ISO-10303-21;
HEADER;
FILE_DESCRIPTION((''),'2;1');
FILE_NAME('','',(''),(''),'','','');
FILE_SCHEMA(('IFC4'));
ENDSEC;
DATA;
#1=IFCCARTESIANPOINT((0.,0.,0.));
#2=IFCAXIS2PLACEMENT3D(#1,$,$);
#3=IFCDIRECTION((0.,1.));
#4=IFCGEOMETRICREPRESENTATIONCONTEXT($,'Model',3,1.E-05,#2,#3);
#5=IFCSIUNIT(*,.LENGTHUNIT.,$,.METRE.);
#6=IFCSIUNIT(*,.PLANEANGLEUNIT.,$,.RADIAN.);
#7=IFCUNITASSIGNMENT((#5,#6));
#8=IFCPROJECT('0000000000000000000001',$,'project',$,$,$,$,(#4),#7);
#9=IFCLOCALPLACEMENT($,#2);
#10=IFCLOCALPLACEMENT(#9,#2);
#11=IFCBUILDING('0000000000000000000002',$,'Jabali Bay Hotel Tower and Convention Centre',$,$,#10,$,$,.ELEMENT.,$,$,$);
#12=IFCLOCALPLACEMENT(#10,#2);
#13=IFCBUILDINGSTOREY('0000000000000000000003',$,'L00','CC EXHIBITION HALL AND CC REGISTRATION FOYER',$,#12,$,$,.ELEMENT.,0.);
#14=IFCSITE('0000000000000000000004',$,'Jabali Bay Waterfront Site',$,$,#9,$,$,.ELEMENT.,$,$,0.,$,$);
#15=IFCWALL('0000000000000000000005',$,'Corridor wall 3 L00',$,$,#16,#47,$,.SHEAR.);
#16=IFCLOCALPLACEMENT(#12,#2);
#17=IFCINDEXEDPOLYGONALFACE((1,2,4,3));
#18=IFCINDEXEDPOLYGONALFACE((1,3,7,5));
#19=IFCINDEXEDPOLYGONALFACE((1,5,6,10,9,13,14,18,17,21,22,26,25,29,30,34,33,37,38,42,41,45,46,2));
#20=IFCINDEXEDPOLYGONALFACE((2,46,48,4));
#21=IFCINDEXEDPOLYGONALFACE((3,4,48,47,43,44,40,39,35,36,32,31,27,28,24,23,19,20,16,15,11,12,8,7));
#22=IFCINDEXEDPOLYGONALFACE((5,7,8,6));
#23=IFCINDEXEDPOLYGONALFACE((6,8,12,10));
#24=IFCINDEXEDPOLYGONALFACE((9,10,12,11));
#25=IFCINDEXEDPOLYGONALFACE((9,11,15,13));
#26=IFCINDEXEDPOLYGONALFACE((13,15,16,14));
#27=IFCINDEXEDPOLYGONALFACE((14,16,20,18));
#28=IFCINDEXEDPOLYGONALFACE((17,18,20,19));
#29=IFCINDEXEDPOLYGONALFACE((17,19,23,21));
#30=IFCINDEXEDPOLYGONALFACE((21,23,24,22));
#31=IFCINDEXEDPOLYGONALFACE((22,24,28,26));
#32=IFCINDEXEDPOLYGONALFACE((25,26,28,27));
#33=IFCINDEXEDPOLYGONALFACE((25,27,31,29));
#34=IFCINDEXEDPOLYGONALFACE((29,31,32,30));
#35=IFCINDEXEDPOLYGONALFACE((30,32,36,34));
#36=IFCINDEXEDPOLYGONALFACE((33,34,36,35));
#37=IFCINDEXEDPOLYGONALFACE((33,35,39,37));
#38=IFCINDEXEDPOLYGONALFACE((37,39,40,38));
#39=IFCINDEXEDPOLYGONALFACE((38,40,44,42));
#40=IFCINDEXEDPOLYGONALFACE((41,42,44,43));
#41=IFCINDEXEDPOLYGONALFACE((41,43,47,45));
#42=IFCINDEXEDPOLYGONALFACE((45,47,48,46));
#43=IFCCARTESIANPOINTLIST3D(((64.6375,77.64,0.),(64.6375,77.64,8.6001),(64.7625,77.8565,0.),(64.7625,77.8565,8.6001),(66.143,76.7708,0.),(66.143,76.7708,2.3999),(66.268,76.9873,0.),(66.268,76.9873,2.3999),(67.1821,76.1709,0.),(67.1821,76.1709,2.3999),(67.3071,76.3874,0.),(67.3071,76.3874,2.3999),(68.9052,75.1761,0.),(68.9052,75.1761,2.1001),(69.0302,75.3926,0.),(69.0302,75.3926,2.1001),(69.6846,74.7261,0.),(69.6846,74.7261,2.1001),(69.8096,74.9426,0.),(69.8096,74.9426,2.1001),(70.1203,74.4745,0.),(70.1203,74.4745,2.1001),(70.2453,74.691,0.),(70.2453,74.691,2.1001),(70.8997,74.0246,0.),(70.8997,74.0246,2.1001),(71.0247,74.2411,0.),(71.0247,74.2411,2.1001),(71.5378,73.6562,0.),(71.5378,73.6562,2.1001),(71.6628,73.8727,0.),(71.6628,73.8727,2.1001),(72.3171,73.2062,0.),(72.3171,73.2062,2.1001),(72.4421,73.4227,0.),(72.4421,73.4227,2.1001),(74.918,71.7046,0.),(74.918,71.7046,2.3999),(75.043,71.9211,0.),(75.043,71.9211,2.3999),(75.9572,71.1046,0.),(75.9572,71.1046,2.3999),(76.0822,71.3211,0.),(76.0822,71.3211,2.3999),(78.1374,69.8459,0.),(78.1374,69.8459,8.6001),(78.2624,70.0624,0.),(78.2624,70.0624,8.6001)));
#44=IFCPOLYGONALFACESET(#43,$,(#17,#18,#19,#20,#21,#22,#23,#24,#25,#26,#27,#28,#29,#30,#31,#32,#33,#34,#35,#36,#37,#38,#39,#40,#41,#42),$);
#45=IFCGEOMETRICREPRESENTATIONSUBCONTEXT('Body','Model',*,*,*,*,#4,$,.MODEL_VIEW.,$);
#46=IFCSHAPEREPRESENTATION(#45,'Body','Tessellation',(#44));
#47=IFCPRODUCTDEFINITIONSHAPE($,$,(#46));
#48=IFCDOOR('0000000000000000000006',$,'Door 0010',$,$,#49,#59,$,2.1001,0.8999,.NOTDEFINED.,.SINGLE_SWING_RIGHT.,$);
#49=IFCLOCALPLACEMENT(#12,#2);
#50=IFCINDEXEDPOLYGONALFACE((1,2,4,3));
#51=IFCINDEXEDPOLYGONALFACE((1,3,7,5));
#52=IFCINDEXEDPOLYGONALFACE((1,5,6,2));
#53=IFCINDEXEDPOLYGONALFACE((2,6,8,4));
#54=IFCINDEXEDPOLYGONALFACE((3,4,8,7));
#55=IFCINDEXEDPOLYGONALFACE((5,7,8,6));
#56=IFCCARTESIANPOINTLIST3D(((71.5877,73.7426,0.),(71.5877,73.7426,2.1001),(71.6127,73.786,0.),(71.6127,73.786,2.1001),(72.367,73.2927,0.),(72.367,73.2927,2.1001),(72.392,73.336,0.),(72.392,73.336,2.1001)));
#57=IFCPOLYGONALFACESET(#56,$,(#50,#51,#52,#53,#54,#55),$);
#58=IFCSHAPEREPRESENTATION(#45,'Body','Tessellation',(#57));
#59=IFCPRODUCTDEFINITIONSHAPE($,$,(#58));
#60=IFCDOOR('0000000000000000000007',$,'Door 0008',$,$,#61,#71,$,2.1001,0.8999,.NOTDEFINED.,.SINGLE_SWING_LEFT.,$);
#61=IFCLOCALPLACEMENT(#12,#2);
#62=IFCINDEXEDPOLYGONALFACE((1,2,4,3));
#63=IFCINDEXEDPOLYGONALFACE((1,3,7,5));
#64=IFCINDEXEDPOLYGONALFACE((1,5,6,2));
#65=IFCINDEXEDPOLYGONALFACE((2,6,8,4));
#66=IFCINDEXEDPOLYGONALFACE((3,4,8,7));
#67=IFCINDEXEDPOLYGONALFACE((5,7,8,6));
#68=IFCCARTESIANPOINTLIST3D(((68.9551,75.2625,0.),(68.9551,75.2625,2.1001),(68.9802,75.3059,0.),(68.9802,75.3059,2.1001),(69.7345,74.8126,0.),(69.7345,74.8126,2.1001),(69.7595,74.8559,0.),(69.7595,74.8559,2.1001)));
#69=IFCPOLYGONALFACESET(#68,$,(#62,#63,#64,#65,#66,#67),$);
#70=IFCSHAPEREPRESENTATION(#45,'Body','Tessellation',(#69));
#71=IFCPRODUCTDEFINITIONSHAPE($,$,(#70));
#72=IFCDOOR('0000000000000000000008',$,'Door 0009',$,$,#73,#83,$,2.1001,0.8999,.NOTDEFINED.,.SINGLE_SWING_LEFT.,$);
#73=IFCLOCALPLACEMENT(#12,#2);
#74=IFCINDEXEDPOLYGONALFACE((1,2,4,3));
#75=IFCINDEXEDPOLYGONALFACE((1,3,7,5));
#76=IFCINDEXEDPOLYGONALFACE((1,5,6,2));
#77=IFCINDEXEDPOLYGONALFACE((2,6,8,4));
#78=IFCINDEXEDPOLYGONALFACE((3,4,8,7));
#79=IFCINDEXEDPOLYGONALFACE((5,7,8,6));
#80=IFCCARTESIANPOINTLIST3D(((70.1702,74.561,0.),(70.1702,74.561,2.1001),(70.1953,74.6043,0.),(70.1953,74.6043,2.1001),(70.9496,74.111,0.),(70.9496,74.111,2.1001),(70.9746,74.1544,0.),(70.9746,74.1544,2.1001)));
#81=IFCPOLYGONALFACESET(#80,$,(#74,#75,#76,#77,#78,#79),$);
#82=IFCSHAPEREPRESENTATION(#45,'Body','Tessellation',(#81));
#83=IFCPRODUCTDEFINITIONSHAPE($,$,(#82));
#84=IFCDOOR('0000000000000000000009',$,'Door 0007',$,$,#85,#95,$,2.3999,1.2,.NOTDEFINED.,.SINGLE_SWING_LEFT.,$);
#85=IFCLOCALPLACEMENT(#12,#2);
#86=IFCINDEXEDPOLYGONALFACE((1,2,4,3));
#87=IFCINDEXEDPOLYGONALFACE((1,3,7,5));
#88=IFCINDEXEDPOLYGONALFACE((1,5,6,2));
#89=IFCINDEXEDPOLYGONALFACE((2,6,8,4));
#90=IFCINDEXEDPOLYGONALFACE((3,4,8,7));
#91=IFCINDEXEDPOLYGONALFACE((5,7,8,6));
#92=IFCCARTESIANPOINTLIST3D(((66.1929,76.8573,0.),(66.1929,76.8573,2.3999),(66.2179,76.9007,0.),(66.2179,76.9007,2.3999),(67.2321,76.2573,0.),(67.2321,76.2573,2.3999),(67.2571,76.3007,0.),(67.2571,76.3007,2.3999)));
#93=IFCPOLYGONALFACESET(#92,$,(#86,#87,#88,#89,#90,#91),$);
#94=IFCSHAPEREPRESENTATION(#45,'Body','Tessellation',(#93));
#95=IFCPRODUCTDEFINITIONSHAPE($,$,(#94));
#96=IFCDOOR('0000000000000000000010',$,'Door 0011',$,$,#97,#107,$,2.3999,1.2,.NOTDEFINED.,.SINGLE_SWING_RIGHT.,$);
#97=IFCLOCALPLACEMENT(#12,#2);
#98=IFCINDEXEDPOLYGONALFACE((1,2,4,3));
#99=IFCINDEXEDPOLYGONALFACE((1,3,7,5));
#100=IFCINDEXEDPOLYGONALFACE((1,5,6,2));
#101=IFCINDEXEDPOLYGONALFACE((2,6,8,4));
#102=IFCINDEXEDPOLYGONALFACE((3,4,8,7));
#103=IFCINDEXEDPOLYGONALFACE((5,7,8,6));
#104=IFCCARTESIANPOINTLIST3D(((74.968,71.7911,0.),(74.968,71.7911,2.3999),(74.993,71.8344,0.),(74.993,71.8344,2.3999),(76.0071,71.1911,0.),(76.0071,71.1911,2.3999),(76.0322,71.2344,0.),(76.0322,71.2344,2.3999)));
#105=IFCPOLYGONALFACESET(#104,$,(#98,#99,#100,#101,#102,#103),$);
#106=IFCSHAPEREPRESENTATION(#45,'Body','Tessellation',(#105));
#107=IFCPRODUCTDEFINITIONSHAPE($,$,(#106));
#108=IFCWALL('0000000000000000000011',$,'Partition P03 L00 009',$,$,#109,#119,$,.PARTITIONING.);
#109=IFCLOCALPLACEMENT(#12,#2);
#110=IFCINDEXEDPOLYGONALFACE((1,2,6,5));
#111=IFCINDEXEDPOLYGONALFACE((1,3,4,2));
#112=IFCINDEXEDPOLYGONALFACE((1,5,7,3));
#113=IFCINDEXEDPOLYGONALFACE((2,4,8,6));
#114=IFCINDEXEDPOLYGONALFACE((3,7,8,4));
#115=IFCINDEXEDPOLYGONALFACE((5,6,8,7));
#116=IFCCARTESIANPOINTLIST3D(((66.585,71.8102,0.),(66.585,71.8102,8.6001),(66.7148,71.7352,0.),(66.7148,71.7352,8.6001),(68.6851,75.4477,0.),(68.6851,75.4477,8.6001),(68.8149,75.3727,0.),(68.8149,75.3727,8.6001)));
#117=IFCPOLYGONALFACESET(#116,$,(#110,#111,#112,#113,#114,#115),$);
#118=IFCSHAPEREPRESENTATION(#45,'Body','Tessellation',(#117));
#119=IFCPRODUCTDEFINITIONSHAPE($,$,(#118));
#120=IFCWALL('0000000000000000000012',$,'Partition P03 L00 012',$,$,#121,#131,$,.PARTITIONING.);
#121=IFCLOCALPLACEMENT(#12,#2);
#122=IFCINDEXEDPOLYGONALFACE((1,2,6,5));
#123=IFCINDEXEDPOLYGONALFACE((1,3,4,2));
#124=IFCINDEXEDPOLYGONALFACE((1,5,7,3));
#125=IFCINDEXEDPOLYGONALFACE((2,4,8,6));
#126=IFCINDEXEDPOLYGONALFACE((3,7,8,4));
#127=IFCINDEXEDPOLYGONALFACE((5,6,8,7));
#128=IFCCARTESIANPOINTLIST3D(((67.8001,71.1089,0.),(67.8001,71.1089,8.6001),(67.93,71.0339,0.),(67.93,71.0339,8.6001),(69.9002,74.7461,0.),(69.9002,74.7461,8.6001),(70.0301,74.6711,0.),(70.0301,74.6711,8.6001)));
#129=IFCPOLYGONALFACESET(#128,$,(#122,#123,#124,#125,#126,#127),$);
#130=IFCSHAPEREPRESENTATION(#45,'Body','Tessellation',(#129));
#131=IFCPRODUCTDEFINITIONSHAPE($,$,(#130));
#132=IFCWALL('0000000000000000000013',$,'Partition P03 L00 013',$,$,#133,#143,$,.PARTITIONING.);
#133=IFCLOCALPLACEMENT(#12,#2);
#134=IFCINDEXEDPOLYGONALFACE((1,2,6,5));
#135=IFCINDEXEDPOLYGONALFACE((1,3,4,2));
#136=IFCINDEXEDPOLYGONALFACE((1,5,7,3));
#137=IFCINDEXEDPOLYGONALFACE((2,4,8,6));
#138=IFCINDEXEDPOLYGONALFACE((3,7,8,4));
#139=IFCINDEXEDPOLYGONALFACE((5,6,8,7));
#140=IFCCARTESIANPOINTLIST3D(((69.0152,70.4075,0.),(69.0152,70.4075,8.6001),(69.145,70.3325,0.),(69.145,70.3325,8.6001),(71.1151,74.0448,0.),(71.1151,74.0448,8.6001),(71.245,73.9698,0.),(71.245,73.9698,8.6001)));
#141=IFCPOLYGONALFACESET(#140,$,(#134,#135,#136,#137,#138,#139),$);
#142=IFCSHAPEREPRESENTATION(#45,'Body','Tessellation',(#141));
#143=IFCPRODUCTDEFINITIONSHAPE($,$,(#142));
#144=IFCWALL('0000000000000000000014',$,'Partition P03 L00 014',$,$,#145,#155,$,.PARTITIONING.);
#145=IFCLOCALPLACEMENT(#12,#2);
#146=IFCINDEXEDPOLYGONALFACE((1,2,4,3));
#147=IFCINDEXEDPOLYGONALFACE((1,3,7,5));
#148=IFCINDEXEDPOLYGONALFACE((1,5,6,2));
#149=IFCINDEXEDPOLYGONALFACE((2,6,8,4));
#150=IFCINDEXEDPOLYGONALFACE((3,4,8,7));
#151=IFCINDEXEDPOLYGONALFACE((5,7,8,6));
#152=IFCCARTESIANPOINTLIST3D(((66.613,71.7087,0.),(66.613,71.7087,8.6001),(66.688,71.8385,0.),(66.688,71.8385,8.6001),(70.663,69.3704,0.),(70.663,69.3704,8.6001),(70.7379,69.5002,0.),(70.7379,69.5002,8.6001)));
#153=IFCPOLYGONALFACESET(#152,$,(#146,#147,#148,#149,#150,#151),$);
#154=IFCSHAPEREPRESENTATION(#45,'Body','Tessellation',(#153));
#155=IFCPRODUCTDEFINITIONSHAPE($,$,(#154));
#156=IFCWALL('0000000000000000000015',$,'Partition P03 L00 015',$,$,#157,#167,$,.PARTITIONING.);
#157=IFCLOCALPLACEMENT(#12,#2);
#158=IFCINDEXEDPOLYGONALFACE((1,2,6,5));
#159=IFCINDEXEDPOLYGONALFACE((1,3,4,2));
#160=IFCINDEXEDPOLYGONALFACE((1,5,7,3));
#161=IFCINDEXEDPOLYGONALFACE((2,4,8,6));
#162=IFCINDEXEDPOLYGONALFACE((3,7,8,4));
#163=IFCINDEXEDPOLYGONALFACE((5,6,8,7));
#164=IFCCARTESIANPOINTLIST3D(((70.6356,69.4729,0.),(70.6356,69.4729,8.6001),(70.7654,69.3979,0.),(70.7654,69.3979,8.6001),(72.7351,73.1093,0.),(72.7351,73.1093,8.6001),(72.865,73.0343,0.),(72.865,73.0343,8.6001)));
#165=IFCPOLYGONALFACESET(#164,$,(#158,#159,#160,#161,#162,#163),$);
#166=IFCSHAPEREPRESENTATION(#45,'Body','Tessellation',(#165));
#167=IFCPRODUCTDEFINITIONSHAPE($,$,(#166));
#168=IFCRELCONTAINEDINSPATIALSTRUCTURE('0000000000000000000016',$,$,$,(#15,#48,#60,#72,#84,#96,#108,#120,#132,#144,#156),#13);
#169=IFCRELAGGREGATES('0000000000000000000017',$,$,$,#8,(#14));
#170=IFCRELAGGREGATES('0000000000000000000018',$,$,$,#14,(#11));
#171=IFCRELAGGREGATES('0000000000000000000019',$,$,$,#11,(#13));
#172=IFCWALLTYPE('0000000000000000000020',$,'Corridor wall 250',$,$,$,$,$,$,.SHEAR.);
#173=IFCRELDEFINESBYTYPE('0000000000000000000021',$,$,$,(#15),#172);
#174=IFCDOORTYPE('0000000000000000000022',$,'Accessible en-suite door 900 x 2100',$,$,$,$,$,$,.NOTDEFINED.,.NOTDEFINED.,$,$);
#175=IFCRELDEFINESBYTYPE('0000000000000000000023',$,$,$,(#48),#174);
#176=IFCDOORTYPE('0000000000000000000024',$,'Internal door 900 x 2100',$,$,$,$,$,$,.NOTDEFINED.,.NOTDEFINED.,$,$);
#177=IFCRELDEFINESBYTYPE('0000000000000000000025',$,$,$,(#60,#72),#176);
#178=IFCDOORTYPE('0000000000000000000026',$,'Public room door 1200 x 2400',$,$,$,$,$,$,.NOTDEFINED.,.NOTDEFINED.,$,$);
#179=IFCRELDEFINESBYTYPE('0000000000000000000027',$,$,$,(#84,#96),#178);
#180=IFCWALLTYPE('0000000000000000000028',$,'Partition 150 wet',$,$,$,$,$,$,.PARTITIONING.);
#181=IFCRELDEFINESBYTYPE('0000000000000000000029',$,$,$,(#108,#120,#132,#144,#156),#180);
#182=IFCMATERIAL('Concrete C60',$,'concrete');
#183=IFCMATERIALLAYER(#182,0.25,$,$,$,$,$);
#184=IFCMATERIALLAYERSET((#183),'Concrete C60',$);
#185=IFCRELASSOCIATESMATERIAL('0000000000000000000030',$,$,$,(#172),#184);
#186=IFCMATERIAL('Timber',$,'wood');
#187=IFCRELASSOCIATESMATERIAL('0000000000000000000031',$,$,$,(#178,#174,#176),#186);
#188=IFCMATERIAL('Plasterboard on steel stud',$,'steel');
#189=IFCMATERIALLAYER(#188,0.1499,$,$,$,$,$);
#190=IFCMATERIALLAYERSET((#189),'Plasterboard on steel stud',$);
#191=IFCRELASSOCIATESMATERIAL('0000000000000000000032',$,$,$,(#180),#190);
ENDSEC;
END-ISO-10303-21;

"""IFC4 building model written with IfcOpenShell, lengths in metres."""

from ifc_helpers import new_model, si_unit, direction, frame, frame_2d, origin, place, context, subcontext, project, spatial, rectangle, extrude, material, layer, layer_set, type_object, element, fill, save


model = new_model("IFC4")

# Units and contexts
model_context = context("Model", 3, precision=1e-05, world=origin(), true_north=direction((0.0, 1.0)))
body_context = subcontext(model_context, "Body", "Model", "MODEL_VIEW")
ifc_project = project(units=[si_unit("LENGTHUNIT", "METRE"), si_unit("PLANEANGLEUNIT", "RADIAN")], contexts=[model_context])

# Site, building, storey
site_placement = place(None, origin())
site = spatial("IfcSite", under=ifc_project, at=site_placement, Name="Jabali Bay Waterfront Site", CompositionType="ELEMENT", RefElevation=0.0)
building_placement = place(site_placement, origin())
building = spatial("IfcBuilding", under=site, at=building_placement, Name="Jabali Bay Hotel Tower and Convention Centre", CompositionType="ELEMENT")
storey_placement = place(building_placement, origin())
storey = spatial("IfcBuildingStorey", under=building, at=storey_placement, Name="L00", Description="CC EXHIBITION HALL AND CC REGISTRATION FOYER", CompositionType="ELEMENT", Elevation=0.0)

# Shared definitions
ifc_material_1 = material(Name="Concrete C60", Category="concrete")
ifc_layer_1 = layer(ifc_material_1, 0.25)
ifc_layer_set_1 = layer_set([ifc_layer_1], Name="Concrete C60")
wall_type_1 = type_object("IfcWallType", Name="Corridor wall 250", PredefinedType="SHEAR", material=ifc_layer_set_1)
ifc_material_2 = material(Name="Timber", Category="wood")
door_type_1 = type_object("IfcDoorType", Name="Public room door 1200 x 2400", OperationType="NOTDEFINED", PredefinedType="NOTDEFINED", material=ifc_material_2)

# Wall, openings, doors
wall_1_placement = place(storey_placement, frame((64.7, 77.7483, 0.0), z_axis=(0.0, 0.0, 1.0), x_axis=(0.866026, -0.499998, 0.0)))
wall_1 = element("IfcWall", 1, at=wall_1_placement, inside=storey, type_object=wall_type_1, Name="Corridor wall 3 L00", PredefinedType="SHEAR", context=body_context, shape_type="SweptSolid", body=[
    extrude(rectangle(XDim=15.5884, YDim=0.25, at=frame_2d((7.7942, 0.0))), origin(), (0.0, 0.0, 1.0), 8.6001),
])
opening_1_placement = place(wall_1_placement, frame((1.7383, 0.0, 0.0)))
opening_1 = element("IfcOpeningElement", 2, at=opening_1_placement, cuts=wall_1, PredefinedType="OPENING", context=body_context, shape_type="SweptSolid", body=[
    extrude(rectangle(XDim=1.2, YDim=2.3999, at=frame_2d((0.6001, 1.2))), frame((0.0, 0.1355, 0.0), z_axis=(0.0, -1.0, 0.0), x_axis=(1.0, 0.0, 0.0)), (0.0, 0.0, 1.0), 0.271),
])
opening_2_placement = place(wall_1_placement, frame((4.928, 0.0, 0.0)))
opening_2 = element("IfcOpeningElement", 3, at=opening_2_placement, cuts=wall_1, PredefinedType="OPENING", context=body_context, shape_type="SweptSolid", body=[
    extrude(rectangle(XDim=0.8999, YDim=2.1001, at=frame_2d((0.45, 1.05))), frame((0.0, 0.1355, 0.0), z_axis=(0.0, -1.0, 0.0), x_axis=(1.0, 0.0, 0.0)), (0.0, 0.0, 1.0), 0.271),
])
opening_3_placement = place(wall_1_placement, frame((6.3311, 0.0, 0.0)))
opening_3 = element("IfcOpeningElement", 4, at=opening_3_placement, cuts=wall_1, PredefinedType="OPENING", context=body_context, shape_type="SweptSolid", body=[
    extrude(rectangle(XDim=0.8999, YDim=2.1001, at=frame_2d((0.45, 1.05))), frame((0.0, 0.1355, 0.0), z_axis=(0.0, -1.0, 0.0), x_axis=(1.0, 0.0, 0.0)), (0.0, 0.0, 1.0), 0.271),
])
opening_4_placement = place(wall_1_placement, frame((7.9678, 0.0, 0.0)))
opening_4 = element("IfcOpeningElement", 5, at=opening_4_placement, cuts=wall_1, PredefinedType="OPENING", context=body_context, shape_type="SweptSolid", body=[
    extrude(rectangle(XDim=0.8999, YDim=2.1001, at=frame_2d((0.45, 1.05))), frame((0.0, 0.1355, 0.0), z_axis=(0.0, -1.0, 0.0), x_axis=(1.0, 0.0, 0.0)), (0.0, 0.0, 1.0), 0.271),
])
opening_5_placement = place(wall_1_placement, frame((11.8708, 0.0, 0.0)))
opening_5 = element("IfcOpeningElement", 6, at=opening_5_placement, cuts=wall_1, PredefinedType="OPENING", context=body_context, shape_type="SweptSolid", body=[
    extrude(rectangle(XDim=1.2, YDim=2.3999, at=frame_2d((0.6001, 1.2))), frame((0.0, 0.1355, 0.0), z_axis=(0.0, -1.0, 0.0), x_axis=(1.0, 0.0, 0.0)), (0.0, 0.0, 1.0), 0.271),
])
door_type_2 = type_object("IfcDoorType", Name="Accessible en-suite door 900 x 2100", OperationType="NOTDEFINED", PredefinedType="NOTDEFINED", material=ifc_material_2)
door_1_placement = place(opening_4_placement, origin())
door_1 = element("IfcDoor", 7, at=door_1_placement, inside=storey, type_object=door_type_2, Name="Door 0010", OperationType="SINGLE_SWING_RIGHT", OverallHeight=2.1001, OverallWidth=0.8999, PredefinedType="NOTDEFINED", context=body_context, shape_type="SweptSolid", body=[
    extrude(rectangle(XDim=0.8999, YDim=2.1001, at=frame_2d((0.45, 1.05))), frame((0.0, 0.0249, 0.0), z_axis=(0.0, -1.0, 0.0), x_axis=(1.0, 0.0, 0.0)), (0.0, 0.0, 1.0), 0.05),
])
fill(opening_4, door_1)
door_type_3 = type_object("IfcDoorType", Name="Internal door 900 x 2100", OperationType="NOTDEFINED", PredefinedType="NOTDEFINED", material=ifc_material_2)
door_2_placement = place(opening_2_placement, origin())
door_2 = element("IfcDoor", 8, at=door_2_placement, inside=storey, type_object=door_type_3, Name="Door 0008", OperationType="SINGLE_SWING_LEFT", OverallHeight=2.1001, OverallWidth=0.8999, PredefinedType="NOTDEFINED", context=body_context, shape_type="SweptSolid", body=[
    extrude(rectangle(XDim=0.8999, YDim=2.1001, at=frame_2d((0.45, 1.05))), frame((0.0, 0.0249, 0.0), z_axis=(0.0, -1.0, 0.0), x_axis=(1.0, 0.0, 0.0)), (0.0, 0.0, 1.0), 0.05),
])
fill(opening_2, door_2)
door_3_placement = place(opening_3_placement, origin())
door_3 = element("IfcDoor", 9, at=door_3_placement, inside=storey, type_object=door_type_3, Name="Door 0009", OperationType="SINGLE_SWING_LEFT", OverallHeight=2.1001, OverallWidth=0.8999, PredefinedType="NOTDEFINED", context=body_context, shape_type="SweptSolid", body=[
    extrude(rectangle(XDim=0.8999, YDim=2.1001, at=frame_2d((0.45, 1.05))), frame((0.0, 0.0249, 0.0), z_axis=(0.0, -1.0, 0.0), x_axis=(1.0, 0.0, 0.0)), (0.0, 0.0, 1.0), 0.05),
])
fill(opening_3, door_3)
door_4_placement = place(opening_1_placement, origin())
door_4 = element("IfcDoor", 10, at=door_4_placement, inside=storey, type_object=door_type_1, Name="Door 0007", OperationType="SINGLE_SWING_LEFT", OverallHeight=2.3999, OverallWidth=1.2, PredefinedType="NOTDEFINED", context=body_context, shape_type="SweptSolid", body=[
    extrude(rectangle(XDim=1.2, YDim=2.3999, at=frame_2d((0.6001, 1.2))), frame((0.0, 0.0249, 0.0), z_axis=(0.0, -1.0, 0.0), x_axis=(1.0, 0.0, 0.0)), (0.0, 0.0, 1.0), 0.05),
])
fill(opening_1, door_4)
door_5_placement = place(opening_5_placement, origin())
door_5 = element("IfcDoor", 11, at=door_5_placement, inside=storey, type_object=door_type_1, Name="Door 0011", OperationType="SINGLE_SWING_RIGHT", OverallHeight=2.3999, OverallWidth=1.2, PredefinedType="NOTDEFINED", context=body_context, shape_type="SweptSolid", body=[
    extrude(rectangle(XDim=1.2, YDim=2.3999, at=frame_2d((0.6001, 1.2))), frame((0.0, 0.0249, 0.0), z_axis=(0.0, -1.0, 0.0), x_axis=(1.0, 0.0, 0.0)), (0.0, 0.0, 1.0), 0.05),
])
fill(opening_5, door_5)

# Walls
ifc_material_3 = material(Name="Plasterboard on steel stud", Category="steel")
ifc_layer_2 = layer(ifc_material_3, 0.1499)
ifc_layer_set_2 = layer_set([ifc_layer_2], Name="Plasterboard on steel stud")
wall_type_2 = type_object("IfcWallType", Name="Partition 150 wet", PredefinedType="PARTITIONING", material=ifc_layer_set_2)
wall_2_placement = place(storey_placement, frame((66.6499, 71.7727, 0.0), z_axis=(0.0, 0.0, 1.0), x_axis=(0.500003, 0.866024, 0.0)))
element("IfcWall", 12, at=wall_2_placement, inside=storey, type_object=wall_type_2, Name="Partition P03 L00 009", PredefinedType="PARTITIONING", context=body_context, shape_type="SweptSolid", body=[
    extrude(rectangle(XDim=4.2002, YDim=0.1499, at=frame_2d((2.1001, 0.0))), origin(), (0.0, 0.0, 1.0), 8.6001),
])
for number, where, z_axis, x_axis, name in (
    (13, (67.865, 71.0713, 0.0), (0.0, 0.0, 1.0), (0.500028, 0.866009, 0.0), "Partition P03 L00 012"),
    (14, (69.0801, 70.3699, 0.0), (0.0, 0.0, 1.0), (0.499984, 0.866035, 0.0), "Partition P03 L00 013"),
):
    element("IfcWall", number, at=place(storey_placement, frame(where, z_axis=z_axis, x_axis=x_axis)), inside=storey, type_object=wall_type_2, Name=name, PredefinedType="PARTITIONING", context=body_context, shape_type="SweptSolid", body=[
        extrude(rectangle(XDim=4.2, YDim=0.1499, at=frame_2d((2.1001, 0.0))), origin(), (0.0, 0.0, 1.0), 8.6001),
    ])
wall_3_placement = place(storey_placement, frame((66.6504, 71.7737, 0.0), z_axis=(0.0, 0.0, 1.0), x_axis=(0.866018, -0.500013, 0.0)))
element("IfcWall", 15, at=wall_3_placement, inside=storey, type_object=wall_type_2, Name="Partition P03 L00 014", PredefinedType="PARTITIONING", context=body_context, shape_type="SweptSolid", body=[
    extrude(rectangle(XDim=4.6765, YDim=0.1499, at=frame_2d((2.3384, 0.0))), origin(), (0.0, 0.0, 1.0), 8.6001),
])
wall_4_placement = place(storey_placement, frame((70.7004, 69.4353, 0.0), z_axis=(0.0, 0.0, 1.0), x_axis=(0.500016, 0.866016, 0.0)))
element("IfcWall", 16, at=wall_4_placement, inside=storey, type_object=wall_type_2, Name="Partition P03 L00 015", PredefinedType="PARTITIONING", context=body_context, shape_type="SweptSolid", body=[
    extrude(rectangle(XDim=4.199, YDim=0.1499, at=frame_2d((2.0996, 0.0))), origin(), (0.0, 0.0, 1.0), 8.6001),
])

save(model, "model.ifc")
